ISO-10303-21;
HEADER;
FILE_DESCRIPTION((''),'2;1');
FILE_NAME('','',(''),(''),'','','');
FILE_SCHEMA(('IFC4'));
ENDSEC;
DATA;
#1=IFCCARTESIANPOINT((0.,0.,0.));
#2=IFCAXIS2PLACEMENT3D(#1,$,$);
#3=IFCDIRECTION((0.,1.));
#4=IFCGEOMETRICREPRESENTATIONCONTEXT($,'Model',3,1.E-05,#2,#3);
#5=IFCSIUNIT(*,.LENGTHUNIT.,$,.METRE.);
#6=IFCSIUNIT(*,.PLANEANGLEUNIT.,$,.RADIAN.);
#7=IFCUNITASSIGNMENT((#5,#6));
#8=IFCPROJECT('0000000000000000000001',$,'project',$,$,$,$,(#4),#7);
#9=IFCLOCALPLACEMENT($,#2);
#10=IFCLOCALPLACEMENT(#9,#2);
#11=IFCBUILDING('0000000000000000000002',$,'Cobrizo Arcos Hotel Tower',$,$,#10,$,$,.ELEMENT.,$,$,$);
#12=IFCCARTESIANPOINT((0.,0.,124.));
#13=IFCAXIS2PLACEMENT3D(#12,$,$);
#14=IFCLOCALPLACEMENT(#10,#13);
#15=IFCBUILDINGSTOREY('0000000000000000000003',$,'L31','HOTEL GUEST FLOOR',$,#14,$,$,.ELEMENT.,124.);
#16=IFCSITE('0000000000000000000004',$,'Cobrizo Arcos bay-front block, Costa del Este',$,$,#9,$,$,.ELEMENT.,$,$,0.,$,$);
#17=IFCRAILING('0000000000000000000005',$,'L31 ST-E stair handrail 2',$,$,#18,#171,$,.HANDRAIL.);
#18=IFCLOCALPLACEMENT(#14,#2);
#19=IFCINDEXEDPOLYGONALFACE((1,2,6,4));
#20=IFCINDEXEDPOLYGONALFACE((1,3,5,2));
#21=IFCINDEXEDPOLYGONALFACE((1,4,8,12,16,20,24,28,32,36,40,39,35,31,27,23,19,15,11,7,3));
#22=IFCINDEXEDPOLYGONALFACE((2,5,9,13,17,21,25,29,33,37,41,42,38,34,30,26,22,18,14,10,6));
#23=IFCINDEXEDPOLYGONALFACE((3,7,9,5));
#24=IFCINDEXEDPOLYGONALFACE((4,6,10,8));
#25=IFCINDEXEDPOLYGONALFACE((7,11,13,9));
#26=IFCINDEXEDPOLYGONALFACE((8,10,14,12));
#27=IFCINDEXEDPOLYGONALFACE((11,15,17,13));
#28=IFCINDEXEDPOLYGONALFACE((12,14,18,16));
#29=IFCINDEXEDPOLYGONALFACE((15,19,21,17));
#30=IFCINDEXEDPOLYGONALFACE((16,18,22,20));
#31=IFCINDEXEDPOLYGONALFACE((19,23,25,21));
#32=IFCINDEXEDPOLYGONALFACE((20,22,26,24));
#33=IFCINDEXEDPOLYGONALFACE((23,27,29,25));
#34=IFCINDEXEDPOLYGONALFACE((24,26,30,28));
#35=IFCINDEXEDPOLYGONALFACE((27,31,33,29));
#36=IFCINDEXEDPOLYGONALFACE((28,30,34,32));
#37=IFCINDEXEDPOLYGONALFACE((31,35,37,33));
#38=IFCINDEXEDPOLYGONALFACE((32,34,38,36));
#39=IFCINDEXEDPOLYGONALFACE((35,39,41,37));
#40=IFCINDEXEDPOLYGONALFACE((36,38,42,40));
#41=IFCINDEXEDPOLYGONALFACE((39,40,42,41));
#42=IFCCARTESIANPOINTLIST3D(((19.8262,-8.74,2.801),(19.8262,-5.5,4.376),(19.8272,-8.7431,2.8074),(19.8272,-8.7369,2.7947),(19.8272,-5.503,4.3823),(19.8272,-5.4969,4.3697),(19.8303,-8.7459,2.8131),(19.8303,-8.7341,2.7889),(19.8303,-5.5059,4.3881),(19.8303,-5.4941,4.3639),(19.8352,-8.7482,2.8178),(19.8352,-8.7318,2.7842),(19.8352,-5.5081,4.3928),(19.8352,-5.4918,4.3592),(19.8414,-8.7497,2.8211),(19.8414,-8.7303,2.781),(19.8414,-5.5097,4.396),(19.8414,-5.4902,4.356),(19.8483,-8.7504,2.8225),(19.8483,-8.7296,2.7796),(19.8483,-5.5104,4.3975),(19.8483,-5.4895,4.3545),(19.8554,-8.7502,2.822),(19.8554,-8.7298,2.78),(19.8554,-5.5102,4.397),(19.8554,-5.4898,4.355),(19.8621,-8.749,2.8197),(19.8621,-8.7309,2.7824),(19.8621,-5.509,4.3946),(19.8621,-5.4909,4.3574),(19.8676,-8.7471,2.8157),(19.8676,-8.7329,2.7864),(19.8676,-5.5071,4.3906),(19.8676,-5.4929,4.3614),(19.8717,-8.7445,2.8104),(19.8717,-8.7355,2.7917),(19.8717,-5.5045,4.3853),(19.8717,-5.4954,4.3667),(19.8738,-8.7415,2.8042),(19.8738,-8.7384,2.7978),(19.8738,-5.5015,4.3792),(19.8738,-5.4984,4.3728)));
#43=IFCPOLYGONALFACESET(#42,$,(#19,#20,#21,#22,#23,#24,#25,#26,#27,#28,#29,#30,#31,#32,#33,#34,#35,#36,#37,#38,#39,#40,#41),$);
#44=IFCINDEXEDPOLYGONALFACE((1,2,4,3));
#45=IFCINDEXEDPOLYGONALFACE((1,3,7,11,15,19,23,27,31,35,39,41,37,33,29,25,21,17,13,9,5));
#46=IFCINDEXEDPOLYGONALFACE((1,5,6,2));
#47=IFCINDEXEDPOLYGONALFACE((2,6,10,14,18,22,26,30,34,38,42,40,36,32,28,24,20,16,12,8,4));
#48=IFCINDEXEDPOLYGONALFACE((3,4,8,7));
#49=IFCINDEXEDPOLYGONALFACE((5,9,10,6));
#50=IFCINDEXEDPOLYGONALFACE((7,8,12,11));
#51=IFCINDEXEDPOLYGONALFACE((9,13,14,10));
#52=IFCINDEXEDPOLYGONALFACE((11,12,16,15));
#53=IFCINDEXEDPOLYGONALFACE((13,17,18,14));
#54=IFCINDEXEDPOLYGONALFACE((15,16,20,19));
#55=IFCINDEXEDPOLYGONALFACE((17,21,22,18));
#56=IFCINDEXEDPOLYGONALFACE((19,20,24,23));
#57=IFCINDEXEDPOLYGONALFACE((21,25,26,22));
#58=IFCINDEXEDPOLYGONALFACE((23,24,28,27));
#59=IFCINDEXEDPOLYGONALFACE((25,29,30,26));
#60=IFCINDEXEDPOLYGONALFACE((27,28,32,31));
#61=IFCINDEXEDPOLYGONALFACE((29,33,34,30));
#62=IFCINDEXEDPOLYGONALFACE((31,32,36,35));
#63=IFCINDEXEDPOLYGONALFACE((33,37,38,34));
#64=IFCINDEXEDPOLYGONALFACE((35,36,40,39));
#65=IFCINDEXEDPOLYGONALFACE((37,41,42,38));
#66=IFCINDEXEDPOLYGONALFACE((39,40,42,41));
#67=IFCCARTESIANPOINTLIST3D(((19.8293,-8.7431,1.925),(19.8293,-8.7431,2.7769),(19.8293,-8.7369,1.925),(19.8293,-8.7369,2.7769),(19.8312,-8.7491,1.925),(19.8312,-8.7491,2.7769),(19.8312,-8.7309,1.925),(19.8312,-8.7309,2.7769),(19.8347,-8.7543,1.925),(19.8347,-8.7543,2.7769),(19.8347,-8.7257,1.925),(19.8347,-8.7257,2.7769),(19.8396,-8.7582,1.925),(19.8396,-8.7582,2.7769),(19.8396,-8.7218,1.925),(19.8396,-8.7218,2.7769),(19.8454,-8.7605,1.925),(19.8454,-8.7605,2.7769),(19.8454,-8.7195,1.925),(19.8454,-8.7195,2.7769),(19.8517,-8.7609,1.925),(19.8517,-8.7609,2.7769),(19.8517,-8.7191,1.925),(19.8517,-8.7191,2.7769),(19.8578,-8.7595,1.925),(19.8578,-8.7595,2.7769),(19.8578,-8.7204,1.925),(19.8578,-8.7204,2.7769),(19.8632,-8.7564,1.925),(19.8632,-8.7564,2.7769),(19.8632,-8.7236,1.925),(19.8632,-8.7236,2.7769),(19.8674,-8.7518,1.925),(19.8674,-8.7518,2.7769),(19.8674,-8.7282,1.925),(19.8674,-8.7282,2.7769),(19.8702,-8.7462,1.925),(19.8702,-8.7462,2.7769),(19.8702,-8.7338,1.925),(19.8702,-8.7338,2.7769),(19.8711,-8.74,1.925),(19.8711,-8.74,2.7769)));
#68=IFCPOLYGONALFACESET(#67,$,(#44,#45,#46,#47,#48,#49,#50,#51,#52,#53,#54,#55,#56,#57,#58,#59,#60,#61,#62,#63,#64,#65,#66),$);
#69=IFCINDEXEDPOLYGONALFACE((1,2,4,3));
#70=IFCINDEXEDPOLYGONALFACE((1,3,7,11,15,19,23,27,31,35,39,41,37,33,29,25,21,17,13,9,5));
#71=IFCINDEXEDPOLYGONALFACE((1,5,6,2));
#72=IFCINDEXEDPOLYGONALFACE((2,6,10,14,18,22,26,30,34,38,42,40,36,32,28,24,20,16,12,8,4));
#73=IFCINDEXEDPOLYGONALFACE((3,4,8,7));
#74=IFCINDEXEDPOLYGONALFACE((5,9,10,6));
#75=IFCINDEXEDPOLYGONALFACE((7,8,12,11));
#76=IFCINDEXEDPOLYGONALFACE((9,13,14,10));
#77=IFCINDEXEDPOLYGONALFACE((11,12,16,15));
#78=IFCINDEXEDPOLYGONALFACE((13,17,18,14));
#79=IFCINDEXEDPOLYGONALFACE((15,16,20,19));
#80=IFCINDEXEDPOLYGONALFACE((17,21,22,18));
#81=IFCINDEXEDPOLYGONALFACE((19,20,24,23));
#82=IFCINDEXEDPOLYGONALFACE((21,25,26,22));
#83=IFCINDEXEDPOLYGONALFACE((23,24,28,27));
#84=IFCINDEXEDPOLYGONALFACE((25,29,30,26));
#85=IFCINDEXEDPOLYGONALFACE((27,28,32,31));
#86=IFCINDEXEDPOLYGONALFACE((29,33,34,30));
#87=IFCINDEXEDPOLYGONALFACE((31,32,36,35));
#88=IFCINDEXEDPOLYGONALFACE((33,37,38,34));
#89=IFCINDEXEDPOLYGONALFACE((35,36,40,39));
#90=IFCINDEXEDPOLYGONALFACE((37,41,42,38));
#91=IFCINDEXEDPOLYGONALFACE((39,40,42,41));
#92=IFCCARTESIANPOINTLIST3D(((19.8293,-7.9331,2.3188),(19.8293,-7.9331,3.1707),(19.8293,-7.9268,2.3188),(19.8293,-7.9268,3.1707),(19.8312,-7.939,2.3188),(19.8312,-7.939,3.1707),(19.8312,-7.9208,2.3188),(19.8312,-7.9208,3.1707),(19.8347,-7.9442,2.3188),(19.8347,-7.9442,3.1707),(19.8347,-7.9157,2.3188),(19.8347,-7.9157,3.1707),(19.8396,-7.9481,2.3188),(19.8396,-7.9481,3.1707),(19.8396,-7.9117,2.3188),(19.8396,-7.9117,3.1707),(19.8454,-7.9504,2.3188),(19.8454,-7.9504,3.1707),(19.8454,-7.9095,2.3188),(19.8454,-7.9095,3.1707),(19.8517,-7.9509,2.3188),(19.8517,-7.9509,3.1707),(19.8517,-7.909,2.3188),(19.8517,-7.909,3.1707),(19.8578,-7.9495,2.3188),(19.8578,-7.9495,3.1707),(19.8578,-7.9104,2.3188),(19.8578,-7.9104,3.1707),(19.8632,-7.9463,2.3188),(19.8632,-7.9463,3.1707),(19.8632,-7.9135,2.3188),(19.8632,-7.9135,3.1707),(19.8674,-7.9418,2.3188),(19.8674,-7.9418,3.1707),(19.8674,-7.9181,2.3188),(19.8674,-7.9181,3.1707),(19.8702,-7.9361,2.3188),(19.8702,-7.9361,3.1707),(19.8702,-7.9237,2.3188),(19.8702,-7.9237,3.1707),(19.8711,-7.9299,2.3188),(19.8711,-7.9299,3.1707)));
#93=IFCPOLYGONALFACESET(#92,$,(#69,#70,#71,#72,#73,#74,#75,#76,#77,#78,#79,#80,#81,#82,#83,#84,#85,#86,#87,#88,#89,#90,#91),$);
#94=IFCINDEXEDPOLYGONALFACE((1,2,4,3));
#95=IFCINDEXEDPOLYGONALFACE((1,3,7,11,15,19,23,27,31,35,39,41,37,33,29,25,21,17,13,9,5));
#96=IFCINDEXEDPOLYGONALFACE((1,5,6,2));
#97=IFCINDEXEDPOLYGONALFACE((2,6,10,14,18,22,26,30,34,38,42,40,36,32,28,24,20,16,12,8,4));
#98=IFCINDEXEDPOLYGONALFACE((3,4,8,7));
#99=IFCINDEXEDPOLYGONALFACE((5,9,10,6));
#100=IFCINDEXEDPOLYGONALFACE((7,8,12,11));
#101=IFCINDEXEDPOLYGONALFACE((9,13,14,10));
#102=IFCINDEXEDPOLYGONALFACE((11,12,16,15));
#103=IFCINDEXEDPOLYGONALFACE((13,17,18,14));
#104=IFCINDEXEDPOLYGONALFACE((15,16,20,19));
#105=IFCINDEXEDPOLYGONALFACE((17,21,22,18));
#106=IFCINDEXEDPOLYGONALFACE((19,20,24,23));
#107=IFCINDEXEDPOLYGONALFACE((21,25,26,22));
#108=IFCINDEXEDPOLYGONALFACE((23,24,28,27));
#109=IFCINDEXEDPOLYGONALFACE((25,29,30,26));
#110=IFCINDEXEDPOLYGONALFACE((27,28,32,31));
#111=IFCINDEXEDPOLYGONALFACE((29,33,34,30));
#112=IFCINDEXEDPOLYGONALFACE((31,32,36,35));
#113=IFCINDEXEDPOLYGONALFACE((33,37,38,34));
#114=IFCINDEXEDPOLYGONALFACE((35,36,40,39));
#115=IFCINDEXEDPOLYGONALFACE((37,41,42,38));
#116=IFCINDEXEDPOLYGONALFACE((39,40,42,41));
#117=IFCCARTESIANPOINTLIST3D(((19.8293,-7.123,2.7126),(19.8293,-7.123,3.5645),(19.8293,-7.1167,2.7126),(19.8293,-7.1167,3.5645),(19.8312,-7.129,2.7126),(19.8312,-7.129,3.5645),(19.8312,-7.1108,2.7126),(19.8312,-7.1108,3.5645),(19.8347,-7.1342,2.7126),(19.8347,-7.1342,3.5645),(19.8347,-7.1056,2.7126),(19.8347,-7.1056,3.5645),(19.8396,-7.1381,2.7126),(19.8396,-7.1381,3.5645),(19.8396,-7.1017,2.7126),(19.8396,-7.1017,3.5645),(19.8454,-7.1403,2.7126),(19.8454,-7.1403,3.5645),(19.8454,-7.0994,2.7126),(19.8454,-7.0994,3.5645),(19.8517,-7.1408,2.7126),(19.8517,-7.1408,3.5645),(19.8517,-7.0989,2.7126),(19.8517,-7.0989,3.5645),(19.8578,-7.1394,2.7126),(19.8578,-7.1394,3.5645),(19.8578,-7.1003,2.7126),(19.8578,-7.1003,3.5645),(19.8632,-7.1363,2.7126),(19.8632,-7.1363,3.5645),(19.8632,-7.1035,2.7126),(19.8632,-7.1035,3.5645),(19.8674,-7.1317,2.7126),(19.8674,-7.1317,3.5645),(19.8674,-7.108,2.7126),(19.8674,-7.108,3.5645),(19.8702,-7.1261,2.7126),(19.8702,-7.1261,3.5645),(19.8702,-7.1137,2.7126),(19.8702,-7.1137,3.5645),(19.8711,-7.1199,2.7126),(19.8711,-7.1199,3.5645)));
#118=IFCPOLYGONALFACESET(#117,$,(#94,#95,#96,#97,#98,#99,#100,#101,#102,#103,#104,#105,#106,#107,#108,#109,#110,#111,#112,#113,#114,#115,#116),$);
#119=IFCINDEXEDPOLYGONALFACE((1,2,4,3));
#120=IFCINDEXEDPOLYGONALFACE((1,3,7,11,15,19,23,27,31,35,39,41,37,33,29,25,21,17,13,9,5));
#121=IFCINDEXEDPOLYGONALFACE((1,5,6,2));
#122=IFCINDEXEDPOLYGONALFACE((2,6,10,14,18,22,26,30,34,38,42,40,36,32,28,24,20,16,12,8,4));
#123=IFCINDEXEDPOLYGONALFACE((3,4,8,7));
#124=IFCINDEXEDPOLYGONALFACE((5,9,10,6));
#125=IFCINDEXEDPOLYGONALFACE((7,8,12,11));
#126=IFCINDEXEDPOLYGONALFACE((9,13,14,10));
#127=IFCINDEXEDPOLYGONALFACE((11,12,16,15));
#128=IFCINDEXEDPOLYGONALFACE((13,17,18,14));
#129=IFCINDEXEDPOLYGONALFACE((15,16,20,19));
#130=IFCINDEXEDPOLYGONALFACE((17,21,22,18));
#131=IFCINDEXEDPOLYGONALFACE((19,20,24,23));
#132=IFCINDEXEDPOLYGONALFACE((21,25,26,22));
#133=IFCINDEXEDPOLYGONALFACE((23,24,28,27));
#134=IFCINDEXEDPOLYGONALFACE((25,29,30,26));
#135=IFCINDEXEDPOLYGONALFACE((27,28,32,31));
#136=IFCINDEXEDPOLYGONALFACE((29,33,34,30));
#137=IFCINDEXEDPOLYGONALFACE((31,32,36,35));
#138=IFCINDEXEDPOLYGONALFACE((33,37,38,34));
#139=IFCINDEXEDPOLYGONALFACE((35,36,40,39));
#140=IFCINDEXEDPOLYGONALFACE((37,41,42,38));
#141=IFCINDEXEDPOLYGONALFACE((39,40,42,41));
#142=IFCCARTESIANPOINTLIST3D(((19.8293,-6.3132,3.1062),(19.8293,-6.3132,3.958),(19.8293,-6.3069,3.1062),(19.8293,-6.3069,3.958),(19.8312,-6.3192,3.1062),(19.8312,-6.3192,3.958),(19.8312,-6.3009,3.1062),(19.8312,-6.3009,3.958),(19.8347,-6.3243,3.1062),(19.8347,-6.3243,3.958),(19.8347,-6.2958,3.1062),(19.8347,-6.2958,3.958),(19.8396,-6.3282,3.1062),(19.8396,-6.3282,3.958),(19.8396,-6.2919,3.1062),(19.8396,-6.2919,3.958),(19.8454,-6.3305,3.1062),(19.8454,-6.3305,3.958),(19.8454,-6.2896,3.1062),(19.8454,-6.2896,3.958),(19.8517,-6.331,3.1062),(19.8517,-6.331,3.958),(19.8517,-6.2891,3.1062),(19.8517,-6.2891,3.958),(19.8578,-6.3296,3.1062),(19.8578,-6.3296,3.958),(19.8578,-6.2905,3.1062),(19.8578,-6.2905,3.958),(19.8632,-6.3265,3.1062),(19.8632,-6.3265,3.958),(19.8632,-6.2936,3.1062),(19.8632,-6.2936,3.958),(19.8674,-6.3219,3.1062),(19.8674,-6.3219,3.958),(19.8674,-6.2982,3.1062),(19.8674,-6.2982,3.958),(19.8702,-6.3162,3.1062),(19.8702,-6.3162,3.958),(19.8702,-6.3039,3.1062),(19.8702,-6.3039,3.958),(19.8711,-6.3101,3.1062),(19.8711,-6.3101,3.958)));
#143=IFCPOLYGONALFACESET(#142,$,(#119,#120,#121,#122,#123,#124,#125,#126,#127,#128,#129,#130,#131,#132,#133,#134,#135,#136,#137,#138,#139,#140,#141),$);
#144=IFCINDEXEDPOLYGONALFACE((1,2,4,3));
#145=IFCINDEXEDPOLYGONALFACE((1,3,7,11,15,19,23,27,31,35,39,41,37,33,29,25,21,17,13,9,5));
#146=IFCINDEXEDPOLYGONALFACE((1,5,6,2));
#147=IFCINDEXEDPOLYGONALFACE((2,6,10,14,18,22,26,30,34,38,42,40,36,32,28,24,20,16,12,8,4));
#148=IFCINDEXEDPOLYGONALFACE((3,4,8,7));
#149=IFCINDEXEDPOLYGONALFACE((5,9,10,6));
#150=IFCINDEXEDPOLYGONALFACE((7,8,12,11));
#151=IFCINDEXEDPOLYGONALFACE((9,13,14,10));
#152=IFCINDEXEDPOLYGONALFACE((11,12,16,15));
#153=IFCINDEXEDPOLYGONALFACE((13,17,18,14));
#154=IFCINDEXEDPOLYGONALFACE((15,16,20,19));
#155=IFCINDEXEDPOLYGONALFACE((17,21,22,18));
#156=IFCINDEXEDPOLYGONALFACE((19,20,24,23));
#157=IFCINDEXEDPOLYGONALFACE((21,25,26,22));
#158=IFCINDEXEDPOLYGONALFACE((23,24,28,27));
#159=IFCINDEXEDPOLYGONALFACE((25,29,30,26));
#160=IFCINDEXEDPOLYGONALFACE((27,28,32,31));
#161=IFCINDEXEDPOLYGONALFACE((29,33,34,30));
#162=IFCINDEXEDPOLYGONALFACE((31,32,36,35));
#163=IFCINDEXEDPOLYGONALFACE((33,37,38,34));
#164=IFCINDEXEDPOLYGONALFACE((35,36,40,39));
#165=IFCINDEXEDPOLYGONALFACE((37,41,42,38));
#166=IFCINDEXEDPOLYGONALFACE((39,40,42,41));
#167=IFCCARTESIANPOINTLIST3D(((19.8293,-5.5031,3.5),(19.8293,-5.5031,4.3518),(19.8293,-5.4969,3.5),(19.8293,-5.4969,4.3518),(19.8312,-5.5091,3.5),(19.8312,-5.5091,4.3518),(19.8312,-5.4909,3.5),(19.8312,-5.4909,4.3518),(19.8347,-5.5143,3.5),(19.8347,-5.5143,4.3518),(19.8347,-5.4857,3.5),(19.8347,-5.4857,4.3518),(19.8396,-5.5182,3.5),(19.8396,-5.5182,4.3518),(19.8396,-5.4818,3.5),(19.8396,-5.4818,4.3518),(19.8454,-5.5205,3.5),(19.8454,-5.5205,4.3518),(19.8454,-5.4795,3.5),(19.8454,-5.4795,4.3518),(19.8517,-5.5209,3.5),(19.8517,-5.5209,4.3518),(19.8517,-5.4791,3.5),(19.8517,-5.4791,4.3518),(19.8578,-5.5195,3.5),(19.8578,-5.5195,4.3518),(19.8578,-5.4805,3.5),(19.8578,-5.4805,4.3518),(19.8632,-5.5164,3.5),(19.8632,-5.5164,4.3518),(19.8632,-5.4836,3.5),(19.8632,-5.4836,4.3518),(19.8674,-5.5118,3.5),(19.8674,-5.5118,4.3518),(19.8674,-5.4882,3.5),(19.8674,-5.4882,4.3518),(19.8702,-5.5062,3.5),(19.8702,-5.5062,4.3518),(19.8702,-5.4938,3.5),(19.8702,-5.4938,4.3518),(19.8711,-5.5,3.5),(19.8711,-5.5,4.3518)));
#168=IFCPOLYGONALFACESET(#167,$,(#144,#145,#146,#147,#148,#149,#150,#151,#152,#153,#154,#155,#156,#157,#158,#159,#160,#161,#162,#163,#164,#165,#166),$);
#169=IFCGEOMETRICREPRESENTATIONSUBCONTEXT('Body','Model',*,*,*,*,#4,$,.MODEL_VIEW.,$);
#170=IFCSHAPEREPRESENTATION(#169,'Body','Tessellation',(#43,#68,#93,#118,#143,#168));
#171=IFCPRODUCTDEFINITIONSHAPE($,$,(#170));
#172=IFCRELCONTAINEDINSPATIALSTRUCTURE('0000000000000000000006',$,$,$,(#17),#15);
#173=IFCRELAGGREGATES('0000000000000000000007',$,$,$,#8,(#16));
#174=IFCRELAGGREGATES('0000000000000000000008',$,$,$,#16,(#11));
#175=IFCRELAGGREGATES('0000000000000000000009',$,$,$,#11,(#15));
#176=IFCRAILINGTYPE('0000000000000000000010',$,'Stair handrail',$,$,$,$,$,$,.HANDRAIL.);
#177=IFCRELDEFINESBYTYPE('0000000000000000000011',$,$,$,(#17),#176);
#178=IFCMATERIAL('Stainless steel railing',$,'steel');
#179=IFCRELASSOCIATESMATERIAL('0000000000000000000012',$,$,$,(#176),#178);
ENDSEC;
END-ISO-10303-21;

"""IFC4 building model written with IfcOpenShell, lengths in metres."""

from ifc_helpers import new_model, si_unit, direction, frame, origin, origin_2d, place, context, subcontext, project, spatial, circle, extrude, material, type_object, element, save


model = new_model("IFC4")

# Units and contexts
model_context = context("Model", 3, precision=1e-05, world=origin(), true_north=direction((0.0, 1.0)))
body_context = subcontext(model_context, "Body", "Model", "MODEL_VIEW")
ifc_project = project(units=[si_unit("LENGTHUNIT", "METRE"), si_unit("PLANEANGLEUNIT", "RADIAN")], contexts=[model_context])

# Site, building, storey
site_placement = place(None, origin())
site = spatial("IfcSite", under=ifc_project, at=site_placement, Name="Cobrizo Arcos bay-front block, Costa del Este", CompositionType="ELEMENT", RefElevation=0.0)
building_placement = place(site_placement, origin())
building = spatial("IfcBuilding", under=site, at=building_placement, Name="Cobrizo Arcos Hotel Tower", CompositionType="ELEMENT")
storey_placement = place(building_placement, frame((0.0, 0.0, 124.0)))
storey = spatial("IfcBuildingStorey", under=building, at=storey_placement, Name="L31", Description="HOTEL GUEST FLOOR", CompositionType="ELEMENT", Elevation=124.0)

# Railing
ifc_material_1 = material(Name="Stainless steel railing", Category="steel")
railing_type_1 = type_object("IfcRailingType", Name="Stair handrail", PredefinedType="HANDRAIL", material=ifc_material_1)
railing_1_placement = place(storey_placement, frame((19.8501, -8.74, 1.925)))
element("IfcRailing", 1, at=railing_1_placement, inside=storey, type_object=railing_type_1, Name="L31 ST-E stair handrail 2", PredefinedType="HANDRAIL", context=body_context, shape_type="SweptSolid", body=[
    extrude(circle(Radius=0.0239, at=origin_2d()), frame((0.0, 0.0, 0.876), z_axis=(0.0, 0.899373, 0.437183), x_axis=(-1.0, 0.0, 0.0)), (0.0, 0.0, 1.0), 3.6025),
    extrude(circle(Radius=0.021, at=origin_2d()), origin(), (0.0, 0.0, 1.0), 0.8518),
    extrude(circle(Radius=0.021, at=origin_2d()), frame((0.0, 0.8101, 0.3938)), (0.0, 0.0, 1.0), 0.8518),
    extrude(circle(Radius=0.021, at=origin_2d()), frame((0.0, 1.6201, 0.7876)), (0.0, 0.0, 1.0), 0.8518),
    extrude(circle(Radius=0.021, at=origin_2d()), frame((0.0, 2.4299, 1.1812)), (0.0, 0.0, 1.0), 0.8518),
    extrude(circle(Radius=0.021, at=origin_2d()), frame((0.0, 3.24, 1.575)), (0.0, 0.0, 1.0), 0.8518),
])

save(model, "model.ifc")
